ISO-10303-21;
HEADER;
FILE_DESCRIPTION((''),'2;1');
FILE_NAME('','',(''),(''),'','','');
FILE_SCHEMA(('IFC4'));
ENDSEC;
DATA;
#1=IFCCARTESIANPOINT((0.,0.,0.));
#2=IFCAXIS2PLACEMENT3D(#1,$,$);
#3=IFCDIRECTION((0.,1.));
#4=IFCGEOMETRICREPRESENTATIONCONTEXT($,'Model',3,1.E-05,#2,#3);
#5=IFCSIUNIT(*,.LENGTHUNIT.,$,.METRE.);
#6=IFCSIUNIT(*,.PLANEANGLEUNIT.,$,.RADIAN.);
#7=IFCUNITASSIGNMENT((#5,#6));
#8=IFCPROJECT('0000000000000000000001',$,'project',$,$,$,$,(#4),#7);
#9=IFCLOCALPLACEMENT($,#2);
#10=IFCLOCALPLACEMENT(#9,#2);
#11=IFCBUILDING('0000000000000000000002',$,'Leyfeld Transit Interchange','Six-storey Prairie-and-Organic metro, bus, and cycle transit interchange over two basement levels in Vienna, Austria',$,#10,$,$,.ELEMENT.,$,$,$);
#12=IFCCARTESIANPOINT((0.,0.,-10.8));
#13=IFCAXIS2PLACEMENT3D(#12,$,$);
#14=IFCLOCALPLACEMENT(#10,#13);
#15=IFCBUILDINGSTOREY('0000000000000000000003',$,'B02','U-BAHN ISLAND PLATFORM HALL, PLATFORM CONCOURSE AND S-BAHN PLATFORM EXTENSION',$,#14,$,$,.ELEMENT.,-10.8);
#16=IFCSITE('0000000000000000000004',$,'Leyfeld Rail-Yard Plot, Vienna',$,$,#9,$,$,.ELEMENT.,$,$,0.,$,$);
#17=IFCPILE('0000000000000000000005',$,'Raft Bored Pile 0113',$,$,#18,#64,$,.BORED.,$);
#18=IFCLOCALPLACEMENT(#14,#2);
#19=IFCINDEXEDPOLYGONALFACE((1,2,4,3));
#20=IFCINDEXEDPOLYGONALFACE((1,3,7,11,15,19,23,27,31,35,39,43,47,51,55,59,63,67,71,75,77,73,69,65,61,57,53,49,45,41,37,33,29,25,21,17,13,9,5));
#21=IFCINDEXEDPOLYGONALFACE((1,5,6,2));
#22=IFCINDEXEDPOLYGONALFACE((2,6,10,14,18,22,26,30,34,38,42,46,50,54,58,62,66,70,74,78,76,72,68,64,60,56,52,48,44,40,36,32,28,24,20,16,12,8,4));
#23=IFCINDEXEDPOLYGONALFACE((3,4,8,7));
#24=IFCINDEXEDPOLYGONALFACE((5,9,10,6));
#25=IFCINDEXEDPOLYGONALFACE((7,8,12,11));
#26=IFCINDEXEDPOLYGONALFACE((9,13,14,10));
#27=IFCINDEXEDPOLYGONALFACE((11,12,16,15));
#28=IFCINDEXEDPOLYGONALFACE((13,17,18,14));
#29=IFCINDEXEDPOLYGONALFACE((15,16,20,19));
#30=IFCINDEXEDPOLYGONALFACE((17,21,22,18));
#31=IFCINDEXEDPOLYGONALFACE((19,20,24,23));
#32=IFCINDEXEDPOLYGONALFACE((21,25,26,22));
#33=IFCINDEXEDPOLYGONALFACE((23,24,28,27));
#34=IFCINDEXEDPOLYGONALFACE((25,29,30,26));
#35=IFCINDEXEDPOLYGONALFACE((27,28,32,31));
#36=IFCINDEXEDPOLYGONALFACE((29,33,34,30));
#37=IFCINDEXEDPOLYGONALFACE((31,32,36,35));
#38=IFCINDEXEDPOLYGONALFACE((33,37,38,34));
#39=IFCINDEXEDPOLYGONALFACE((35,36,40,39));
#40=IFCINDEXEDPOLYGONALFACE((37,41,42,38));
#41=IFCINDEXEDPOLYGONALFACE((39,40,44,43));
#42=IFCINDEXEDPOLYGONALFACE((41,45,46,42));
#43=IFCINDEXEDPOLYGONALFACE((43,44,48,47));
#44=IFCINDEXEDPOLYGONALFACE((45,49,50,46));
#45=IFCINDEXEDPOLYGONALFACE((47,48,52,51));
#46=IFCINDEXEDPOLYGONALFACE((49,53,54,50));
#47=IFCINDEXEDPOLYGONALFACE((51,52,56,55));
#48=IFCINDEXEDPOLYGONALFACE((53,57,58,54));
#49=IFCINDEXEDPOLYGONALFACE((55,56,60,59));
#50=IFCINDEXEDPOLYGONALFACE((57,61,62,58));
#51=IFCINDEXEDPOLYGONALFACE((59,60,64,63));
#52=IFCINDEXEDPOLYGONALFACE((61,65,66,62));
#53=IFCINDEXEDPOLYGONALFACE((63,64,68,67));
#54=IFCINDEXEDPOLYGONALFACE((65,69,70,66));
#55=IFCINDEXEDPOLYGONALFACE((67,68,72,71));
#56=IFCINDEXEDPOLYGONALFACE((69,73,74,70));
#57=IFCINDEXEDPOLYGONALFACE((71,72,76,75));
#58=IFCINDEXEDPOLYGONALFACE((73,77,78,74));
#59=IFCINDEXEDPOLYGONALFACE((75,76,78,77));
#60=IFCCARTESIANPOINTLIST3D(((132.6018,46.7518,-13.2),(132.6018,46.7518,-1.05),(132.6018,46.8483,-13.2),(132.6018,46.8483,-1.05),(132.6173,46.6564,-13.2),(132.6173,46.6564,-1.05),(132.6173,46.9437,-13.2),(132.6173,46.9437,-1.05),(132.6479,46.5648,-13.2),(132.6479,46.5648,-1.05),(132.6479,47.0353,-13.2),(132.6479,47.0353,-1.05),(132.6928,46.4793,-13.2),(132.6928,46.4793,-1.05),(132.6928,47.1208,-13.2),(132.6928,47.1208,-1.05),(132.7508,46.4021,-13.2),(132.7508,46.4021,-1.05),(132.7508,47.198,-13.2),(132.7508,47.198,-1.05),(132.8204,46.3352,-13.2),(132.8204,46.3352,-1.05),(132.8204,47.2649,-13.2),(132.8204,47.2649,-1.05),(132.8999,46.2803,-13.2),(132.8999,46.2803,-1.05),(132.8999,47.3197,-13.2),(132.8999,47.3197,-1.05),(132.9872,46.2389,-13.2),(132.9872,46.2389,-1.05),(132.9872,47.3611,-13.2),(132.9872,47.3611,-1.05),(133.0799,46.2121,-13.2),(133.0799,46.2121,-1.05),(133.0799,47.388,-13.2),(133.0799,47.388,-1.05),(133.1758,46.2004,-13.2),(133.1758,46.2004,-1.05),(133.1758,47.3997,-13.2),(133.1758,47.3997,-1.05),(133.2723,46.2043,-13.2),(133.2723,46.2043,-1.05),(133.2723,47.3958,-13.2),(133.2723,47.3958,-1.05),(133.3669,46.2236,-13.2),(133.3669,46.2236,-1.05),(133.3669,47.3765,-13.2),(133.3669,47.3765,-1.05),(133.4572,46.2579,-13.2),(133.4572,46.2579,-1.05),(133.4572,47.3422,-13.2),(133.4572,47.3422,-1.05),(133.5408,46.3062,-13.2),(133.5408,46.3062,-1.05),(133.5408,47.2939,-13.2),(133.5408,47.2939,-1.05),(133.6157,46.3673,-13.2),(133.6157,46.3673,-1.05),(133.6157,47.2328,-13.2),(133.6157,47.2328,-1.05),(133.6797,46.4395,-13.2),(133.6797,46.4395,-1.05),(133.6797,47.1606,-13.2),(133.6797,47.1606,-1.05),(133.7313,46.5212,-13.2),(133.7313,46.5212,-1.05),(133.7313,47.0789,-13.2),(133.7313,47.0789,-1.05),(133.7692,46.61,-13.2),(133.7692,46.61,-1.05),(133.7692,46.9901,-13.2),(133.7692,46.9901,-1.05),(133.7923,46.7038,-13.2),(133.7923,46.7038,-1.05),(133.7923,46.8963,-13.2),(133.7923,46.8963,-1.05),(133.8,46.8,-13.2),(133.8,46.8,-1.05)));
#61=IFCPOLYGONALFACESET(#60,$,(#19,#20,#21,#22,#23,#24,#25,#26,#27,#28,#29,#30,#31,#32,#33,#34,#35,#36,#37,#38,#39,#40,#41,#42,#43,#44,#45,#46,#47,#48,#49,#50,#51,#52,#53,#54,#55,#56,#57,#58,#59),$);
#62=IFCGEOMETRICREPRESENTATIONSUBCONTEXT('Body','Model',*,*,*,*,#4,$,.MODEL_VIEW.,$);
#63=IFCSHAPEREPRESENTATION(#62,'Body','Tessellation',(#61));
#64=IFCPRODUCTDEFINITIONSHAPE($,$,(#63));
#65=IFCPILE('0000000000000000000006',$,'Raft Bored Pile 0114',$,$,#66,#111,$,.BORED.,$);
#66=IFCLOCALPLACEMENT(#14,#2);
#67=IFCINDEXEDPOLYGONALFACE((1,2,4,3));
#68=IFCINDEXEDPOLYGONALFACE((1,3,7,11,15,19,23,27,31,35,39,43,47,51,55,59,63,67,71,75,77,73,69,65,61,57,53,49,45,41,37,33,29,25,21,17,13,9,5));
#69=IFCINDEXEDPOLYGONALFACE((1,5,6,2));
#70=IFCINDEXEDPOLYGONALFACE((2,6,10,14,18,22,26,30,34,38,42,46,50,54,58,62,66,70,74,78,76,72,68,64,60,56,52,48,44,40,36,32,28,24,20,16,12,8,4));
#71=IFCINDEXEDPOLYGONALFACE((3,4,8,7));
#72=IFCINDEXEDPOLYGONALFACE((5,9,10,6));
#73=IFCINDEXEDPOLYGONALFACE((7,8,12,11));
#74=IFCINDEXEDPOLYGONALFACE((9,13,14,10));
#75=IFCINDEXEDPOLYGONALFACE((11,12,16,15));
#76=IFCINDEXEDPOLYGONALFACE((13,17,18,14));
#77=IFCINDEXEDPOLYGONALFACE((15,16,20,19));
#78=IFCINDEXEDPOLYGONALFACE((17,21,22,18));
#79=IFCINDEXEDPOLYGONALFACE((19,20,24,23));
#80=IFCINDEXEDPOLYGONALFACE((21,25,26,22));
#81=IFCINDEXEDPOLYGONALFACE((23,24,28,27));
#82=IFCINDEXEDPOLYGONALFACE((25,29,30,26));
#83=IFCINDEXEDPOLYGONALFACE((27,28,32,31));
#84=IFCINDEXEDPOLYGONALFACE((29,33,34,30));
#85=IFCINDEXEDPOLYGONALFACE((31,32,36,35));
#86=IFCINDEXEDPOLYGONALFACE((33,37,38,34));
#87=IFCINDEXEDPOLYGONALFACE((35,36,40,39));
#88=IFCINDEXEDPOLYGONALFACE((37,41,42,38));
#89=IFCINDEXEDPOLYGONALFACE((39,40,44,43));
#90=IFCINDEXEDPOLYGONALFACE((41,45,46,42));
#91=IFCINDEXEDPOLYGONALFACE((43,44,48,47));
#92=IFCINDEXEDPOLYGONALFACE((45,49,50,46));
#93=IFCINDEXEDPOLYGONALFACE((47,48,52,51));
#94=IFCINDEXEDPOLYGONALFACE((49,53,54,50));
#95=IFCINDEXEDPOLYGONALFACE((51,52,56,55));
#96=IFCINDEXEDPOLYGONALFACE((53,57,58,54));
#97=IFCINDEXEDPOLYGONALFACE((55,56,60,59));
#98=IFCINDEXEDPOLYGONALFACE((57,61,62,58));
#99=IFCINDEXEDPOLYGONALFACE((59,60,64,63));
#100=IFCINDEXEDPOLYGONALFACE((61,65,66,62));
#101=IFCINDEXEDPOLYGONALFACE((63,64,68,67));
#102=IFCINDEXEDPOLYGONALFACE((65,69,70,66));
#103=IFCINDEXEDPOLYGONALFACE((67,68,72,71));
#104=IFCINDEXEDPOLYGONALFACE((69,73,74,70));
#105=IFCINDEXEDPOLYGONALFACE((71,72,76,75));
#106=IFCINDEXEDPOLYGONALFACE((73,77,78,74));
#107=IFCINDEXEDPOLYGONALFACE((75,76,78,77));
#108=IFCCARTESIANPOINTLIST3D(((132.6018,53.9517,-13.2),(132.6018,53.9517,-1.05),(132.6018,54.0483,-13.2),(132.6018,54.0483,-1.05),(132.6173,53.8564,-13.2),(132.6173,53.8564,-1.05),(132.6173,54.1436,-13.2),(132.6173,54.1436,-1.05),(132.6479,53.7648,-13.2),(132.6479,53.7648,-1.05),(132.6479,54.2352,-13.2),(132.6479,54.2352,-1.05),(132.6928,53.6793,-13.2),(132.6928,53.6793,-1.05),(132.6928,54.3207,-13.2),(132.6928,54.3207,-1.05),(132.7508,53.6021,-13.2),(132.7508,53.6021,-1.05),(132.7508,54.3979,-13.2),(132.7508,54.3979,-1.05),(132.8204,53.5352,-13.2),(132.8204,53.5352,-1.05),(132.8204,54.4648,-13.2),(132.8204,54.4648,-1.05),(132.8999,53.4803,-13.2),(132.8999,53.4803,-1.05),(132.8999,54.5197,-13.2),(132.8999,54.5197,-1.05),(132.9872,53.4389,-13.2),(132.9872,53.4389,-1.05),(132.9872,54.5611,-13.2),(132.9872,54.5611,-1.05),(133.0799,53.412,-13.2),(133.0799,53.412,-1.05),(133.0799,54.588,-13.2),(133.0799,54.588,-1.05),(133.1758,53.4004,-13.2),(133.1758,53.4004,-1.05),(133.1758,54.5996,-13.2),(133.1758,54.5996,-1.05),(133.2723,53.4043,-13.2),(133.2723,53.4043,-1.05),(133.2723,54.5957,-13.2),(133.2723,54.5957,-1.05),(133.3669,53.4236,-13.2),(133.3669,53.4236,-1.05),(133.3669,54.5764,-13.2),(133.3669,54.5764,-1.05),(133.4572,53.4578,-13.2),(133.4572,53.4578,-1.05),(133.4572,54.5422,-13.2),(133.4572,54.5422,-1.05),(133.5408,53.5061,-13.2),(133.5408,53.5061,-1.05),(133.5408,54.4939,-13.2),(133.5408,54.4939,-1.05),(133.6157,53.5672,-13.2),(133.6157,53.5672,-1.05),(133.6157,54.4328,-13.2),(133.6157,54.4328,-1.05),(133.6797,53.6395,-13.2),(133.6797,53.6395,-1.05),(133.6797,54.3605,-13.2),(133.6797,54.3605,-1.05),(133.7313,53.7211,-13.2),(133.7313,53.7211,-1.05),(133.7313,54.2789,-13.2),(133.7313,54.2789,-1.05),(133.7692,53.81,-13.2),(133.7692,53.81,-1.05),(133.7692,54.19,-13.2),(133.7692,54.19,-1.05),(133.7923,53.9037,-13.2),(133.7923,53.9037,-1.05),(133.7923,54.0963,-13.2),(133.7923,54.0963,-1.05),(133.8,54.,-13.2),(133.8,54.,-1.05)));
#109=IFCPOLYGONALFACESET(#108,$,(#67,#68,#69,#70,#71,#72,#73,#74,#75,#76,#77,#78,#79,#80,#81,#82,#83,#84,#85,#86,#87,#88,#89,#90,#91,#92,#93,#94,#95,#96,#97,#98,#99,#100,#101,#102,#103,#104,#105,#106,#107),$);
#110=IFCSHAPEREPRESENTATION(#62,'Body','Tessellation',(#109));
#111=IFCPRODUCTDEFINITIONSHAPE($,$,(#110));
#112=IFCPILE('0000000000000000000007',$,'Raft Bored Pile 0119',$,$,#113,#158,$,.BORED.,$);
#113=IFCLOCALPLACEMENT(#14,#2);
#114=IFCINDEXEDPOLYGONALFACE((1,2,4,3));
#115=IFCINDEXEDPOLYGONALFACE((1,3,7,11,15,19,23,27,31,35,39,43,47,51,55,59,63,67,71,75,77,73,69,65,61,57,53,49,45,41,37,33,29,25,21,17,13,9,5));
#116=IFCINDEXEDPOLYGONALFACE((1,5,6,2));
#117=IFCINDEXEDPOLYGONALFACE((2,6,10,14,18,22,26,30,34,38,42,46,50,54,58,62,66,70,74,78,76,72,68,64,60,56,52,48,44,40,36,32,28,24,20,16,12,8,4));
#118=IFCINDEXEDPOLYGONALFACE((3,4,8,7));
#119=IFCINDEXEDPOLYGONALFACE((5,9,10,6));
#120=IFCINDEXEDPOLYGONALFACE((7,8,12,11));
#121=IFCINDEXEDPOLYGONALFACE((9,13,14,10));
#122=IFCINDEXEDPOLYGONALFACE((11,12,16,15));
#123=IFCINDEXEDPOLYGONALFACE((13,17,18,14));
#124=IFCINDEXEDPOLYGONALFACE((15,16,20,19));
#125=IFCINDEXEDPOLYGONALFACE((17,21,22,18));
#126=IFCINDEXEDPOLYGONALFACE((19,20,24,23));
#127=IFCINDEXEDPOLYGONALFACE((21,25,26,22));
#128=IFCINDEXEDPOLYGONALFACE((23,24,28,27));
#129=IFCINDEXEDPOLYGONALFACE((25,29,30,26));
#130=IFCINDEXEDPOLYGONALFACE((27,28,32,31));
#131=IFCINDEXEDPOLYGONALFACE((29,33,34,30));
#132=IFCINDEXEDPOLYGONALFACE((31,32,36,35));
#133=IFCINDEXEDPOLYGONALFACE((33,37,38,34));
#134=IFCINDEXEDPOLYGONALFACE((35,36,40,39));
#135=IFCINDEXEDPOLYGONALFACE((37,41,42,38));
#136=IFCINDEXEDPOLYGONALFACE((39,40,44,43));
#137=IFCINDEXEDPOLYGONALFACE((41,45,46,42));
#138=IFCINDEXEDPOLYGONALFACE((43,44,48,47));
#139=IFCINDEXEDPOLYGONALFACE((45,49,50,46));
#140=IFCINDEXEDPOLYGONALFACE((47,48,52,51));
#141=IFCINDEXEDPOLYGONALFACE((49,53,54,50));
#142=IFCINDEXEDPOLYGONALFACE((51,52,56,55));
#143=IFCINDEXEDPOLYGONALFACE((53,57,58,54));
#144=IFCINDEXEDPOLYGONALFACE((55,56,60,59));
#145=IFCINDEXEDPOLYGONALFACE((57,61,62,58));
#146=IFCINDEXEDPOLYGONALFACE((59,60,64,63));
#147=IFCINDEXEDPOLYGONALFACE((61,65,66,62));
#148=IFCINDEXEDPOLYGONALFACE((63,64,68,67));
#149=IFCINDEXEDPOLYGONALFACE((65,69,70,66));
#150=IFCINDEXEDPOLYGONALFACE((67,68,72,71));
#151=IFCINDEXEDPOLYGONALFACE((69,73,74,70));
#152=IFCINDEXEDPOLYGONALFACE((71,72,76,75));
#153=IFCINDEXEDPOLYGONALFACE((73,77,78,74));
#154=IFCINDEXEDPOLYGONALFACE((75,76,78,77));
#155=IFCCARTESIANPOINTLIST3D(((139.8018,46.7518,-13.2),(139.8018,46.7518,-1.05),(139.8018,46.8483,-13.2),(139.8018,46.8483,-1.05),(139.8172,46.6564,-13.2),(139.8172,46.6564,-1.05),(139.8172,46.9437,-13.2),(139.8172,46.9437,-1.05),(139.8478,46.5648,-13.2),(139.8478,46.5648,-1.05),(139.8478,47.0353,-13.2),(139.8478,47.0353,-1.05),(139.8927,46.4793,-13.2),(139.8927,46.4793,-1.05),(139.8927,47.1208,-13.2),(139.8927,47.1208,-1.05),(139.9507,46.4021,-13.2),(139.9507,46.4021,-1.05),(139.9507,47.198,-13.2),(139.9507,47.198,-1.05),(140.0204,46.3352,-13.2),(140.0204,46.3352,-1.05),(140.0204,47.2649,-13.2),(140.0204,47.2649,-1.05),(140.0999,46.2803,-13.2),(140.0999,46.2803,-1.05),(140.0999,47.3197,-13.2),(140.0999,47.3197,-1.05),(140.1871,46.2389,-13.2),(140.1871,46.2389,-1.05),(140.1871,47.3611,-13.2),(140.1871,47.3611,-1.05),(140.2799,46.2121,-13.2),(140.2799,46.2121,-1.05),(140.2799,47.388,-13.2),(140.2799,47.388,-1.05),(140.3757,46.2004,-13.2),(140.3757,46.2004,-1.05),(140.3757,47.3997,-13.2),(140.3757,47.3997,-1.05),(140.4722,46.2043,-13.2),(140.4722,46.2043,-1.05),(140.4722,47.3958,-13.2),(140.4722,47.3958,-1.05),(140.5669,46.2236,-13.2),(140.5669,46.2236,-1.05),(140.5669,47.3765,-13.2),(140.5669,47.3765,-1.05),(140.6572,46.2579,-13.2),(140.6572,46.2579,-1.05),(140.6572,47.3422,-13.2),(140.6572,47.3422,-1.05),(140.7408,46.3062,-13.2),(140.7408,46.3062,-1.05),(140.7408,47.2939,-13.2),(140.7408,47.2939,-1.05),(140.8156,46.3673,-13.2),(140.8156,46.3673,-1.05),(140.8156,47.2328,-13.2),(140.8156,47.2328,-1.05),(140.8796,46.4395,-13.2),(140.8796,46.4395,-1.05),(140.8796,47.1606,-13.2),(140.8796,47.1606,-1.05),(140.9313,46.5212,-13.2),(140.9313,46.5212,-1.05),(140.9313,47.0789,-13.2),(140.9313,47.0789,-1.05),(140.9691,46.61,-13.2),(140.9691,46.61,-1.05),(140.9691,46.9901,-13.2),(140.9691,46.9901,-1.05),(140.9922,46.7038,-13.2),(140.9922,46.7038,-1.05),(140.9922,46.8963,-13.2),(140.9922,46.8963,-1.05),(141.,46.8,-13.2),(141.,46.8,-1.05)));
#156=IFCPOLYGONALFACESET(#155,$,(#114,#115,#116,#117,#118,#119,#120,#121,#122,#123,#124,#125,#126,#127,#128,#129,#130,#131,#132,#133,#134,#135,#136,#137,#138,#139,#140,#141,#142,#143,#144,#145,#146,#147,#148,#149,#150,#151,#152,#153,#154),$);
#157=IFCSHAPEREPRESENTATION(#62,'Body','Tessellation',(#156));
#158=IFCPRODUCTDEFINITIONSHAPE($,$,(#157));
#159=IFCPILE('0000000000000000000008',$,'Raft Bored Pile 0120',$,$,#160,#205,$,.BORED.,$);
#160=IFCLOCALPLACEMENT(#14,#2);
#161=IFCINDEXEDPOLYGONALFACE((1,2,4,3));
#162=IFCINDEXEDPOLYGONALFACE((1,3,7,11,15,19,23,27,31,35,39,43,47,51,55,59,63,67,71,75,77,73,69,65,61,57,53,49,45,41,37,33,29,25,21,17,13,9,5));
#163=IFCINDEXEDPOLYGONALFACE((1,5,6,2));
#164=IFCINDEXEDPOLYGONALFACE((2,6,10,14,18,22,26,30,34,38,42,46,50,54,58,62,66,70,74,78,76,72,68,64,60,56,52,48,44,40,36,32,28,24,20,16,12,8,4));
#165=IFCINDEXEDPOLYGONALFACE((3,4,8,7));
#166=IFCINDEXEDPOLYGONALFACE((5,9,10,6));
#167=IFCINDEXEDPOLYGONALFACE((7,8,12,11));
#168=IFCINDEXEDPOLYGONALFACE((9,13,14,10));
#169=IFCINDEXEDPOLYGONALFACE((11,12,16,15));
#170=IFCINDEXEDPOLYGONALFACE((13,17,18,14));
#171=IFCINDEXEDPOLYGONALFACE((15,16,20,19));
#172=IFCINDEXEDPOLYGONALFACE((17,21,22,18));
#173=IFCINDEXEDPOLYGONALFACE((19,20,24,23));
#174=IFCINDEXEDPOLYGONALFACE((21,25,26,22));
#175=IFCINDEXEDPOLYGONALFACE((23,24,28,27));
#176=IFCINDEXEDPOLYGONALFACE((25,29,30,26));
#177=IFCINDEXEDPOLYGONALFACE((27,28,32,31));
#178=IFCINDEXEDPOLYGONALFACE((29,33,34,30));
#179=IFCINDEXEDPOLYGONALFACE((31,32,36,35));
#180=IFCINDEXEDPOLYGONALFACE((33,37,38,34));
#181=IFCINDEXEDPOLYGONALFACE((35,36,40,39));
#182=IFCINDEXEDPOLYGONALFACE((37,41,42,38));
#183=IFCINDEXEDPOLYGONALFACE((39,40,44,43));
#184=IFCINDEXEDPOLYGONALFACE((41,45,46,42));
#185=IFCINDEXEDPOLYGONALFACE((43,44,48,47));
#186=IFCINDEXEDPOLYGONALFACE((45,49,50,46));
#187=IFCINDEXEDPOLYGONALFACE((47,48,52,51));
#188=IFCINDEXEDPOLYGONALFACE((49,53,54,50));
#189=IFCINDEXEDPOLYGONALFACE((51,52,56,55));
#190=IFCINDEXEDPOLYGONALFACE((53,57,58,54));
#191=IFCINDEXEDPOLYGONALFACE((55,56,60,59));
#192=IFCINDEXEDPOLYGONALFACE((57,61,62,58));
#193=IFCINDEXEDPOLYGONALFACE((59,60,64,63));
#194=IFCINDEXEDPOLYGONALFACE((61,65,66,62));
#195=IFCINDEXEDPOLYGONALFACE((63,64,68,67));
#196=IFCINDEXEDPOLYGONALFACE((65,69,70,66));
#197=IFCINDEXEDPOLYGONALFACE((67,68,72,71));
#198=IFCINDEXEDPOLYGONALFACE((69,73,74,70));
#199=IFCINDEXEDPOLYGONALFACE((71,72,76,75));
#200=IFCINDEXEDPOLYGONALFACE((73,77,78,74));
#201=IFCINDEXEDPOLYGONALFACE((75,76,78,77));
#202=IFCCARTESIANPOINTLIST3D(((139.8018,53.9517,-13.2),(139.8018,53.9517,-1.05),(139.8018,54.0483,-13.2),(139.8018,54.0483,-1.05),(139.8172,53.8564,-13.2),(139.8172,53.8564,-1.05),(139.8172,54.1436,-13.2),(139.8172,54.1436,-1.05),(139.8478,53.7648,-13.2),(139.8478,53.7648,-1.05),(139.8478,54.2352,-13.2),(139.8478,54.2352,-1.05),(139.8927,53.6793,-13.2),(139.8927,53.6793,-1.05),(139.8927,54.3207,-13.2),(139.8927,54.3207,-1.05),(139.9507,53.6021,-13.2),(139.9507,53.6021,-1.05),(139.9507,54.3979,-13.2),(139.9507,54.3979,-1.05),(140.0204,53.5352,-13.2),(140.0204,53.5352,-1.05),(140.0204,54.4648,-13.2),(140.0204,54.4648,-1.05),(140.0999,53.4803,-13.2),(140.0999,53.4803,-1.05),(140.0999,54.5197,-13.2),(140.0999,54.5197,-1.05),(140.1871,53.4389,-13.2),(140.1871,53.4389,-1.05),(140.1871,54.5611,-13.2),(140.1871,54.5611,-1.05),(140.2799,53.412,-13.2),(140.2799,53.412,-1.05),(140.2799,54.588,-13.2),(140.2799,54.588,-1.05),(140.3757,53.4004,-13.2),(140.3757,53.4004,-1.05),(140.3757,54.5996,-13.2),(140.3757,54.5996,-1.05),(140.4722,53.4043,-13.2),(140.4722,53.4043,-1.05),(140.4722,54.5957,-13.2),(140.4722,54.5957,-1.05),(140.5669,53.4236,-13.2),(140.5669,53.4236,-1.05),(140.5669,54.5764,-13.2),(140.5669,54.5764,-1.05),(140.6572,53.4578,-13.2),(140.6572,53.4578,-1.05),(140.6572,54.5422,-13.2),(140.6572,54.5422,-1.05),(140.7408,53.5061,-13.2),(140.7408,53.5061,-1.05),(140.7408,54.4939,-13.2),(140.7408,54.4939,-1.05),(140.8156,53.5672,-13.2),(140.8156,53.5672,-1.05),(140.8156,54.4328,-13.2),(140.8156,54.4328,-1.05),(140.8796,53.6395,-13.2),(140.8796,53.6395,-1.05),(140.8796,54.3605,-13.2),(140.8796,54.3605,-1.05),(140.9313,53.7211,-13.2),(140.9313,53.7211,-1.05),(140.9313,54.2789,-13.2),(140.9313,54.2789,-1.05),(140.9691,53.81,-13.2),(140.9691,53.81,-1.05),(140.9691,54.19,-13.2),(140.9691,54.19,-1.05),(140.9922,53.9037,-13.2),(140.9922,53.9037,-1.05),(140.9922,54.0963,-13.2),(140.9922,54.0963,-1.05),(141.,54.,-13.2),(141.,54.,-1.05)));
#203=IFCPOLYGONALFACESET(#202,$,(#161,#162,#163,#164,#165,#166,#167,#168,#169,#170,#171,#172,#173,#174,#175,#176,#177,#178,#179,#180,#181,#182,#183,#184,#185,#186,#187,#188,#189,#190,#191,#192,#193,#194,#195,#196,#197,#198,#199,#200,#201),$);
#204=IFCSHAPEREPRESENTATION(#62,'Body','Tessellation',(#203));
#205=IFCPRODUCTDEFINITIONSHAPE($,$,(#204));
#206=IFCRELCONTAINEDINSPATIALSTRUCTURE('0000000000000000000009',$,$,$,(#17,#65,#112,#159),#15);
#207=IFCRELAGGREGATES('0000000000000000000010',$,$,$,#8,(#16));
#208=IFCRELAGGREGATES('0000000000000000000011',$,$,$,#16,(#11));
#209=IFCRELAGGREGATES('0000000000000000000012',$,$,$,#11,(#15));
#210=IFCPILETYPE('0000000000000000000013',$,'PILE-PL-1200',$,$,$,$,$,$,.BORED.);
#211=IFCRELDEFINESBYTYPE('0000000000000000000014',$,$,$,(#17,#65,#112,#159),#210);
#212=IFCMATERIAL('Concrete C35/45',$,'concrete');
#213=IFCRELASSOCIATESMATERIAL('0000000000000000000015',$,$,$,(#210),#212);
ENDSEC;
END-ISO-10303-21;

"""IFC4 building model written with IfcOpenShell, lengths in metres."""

from ifc_helpers import new_model, si_unit, direction, frame, origin, origin_2d, place, context, subcontext, project, spatial, circle, extrude, material, material_profile, profile_set, type_object, element, save


model = new_model("IFC4")

# Units and contexts
model_context = context("Model", 3, precision=1e-05, world=origin(), true_north=direction((0.0, 1.0)))
body_context = subcontext(model_context, "Body", "Model", "MODEL_VIEW")
ifc_project = project(units=[si_unit("LENGTHUNIT", "METRE"), si_unit("PLANEANGLEUNIT", "RADIAN")], contexts=[model_context])

# Site, building, storey
site_placement = place(None, origin())
site = spatial("IfcSite", under=ifc_project, at=site_placement, Name="Leyfeld Rail-Yard Plot, Vienna", CompositionType="ELEMENT", RefElevation=0.0)
building_placement = place(site_placement, origin())
building = spatial("IfcBuilding", under=site, at=building_placement, Name="Leyfeld Transit Interchange", Description="Six-storey Prairie-and-Organic metro, bus, and cycle transit interchange over two basement levels in Vienna, Austria", CompositionType="ELEMENT")
storey_placement = place(building_placement, frame((0.0, 0.0, -10.8)))
storey = spatial("IfcBuildingStorey", under=building, at=storey_placement, Name="B02", Description="U-BAHN ISLAND PLATFORM HALL, PLATFORM CONCOURSE AND S-BAHN PLATFORM EXTENSION", CompositionType="ELEMENT", Elevation=-10.8)

# Piles
ifc_material_1 = material(Name="Concrete C35/45", Category="concrete")
ifc_material_profile_1 = material_profile(ifc_material_1, circle(Radius=0.6001, at=origin_2d()), Name="PILE D1200")
ifc_profile_set_1 = profile_set([ifc_material_profile_1], Name="Concrete C35/45")
pile_type = type_object("IfcPileType", Name="PILE-PL-1200", PredefinedType="BORED", material=ifc_profile_set_1)
for number, where, z_axis, x_axis, name in (
    (1, (133.2, 46.8, -1.05), (0.0, 0.0, -1.0), (1.0, 0.0, 0.0), "Raft Bored Pile 0113"),
    (2, (133.2, 54.0, -1.05), (0.0, 0.0, -1.0), (1.0, 0.0, 0.0), "Raft Bored Pile 0114"),
    (3, (140.3999, 46.8, -1.05), (0.0, 0.0, -1.0), (1.0, 0.0, 0.0), "Raft Bored Pile 0119"),
    (4, (140.3999, 54.0, -1.05), (0.0, 0.0, -1.0), (1.0, 0.0, 0.0), "Raft Bored Pile 0120"),
):
    element("IfcPile", number, at=place(storey_placement, frame(where, z_axis=z_axis, x_axis=x_axis)), inside=storey, type_object=pile_type, Name=name, PredefinedType="BORED", context=body_context, shape_type="SweptSolid", body=[
        extrude(circle(Radius=0.6001, at=origin_2d()), origin(), (0.0, 0.0, 1.0), 12.1499),
    ])

save(model, "model.ifc")
